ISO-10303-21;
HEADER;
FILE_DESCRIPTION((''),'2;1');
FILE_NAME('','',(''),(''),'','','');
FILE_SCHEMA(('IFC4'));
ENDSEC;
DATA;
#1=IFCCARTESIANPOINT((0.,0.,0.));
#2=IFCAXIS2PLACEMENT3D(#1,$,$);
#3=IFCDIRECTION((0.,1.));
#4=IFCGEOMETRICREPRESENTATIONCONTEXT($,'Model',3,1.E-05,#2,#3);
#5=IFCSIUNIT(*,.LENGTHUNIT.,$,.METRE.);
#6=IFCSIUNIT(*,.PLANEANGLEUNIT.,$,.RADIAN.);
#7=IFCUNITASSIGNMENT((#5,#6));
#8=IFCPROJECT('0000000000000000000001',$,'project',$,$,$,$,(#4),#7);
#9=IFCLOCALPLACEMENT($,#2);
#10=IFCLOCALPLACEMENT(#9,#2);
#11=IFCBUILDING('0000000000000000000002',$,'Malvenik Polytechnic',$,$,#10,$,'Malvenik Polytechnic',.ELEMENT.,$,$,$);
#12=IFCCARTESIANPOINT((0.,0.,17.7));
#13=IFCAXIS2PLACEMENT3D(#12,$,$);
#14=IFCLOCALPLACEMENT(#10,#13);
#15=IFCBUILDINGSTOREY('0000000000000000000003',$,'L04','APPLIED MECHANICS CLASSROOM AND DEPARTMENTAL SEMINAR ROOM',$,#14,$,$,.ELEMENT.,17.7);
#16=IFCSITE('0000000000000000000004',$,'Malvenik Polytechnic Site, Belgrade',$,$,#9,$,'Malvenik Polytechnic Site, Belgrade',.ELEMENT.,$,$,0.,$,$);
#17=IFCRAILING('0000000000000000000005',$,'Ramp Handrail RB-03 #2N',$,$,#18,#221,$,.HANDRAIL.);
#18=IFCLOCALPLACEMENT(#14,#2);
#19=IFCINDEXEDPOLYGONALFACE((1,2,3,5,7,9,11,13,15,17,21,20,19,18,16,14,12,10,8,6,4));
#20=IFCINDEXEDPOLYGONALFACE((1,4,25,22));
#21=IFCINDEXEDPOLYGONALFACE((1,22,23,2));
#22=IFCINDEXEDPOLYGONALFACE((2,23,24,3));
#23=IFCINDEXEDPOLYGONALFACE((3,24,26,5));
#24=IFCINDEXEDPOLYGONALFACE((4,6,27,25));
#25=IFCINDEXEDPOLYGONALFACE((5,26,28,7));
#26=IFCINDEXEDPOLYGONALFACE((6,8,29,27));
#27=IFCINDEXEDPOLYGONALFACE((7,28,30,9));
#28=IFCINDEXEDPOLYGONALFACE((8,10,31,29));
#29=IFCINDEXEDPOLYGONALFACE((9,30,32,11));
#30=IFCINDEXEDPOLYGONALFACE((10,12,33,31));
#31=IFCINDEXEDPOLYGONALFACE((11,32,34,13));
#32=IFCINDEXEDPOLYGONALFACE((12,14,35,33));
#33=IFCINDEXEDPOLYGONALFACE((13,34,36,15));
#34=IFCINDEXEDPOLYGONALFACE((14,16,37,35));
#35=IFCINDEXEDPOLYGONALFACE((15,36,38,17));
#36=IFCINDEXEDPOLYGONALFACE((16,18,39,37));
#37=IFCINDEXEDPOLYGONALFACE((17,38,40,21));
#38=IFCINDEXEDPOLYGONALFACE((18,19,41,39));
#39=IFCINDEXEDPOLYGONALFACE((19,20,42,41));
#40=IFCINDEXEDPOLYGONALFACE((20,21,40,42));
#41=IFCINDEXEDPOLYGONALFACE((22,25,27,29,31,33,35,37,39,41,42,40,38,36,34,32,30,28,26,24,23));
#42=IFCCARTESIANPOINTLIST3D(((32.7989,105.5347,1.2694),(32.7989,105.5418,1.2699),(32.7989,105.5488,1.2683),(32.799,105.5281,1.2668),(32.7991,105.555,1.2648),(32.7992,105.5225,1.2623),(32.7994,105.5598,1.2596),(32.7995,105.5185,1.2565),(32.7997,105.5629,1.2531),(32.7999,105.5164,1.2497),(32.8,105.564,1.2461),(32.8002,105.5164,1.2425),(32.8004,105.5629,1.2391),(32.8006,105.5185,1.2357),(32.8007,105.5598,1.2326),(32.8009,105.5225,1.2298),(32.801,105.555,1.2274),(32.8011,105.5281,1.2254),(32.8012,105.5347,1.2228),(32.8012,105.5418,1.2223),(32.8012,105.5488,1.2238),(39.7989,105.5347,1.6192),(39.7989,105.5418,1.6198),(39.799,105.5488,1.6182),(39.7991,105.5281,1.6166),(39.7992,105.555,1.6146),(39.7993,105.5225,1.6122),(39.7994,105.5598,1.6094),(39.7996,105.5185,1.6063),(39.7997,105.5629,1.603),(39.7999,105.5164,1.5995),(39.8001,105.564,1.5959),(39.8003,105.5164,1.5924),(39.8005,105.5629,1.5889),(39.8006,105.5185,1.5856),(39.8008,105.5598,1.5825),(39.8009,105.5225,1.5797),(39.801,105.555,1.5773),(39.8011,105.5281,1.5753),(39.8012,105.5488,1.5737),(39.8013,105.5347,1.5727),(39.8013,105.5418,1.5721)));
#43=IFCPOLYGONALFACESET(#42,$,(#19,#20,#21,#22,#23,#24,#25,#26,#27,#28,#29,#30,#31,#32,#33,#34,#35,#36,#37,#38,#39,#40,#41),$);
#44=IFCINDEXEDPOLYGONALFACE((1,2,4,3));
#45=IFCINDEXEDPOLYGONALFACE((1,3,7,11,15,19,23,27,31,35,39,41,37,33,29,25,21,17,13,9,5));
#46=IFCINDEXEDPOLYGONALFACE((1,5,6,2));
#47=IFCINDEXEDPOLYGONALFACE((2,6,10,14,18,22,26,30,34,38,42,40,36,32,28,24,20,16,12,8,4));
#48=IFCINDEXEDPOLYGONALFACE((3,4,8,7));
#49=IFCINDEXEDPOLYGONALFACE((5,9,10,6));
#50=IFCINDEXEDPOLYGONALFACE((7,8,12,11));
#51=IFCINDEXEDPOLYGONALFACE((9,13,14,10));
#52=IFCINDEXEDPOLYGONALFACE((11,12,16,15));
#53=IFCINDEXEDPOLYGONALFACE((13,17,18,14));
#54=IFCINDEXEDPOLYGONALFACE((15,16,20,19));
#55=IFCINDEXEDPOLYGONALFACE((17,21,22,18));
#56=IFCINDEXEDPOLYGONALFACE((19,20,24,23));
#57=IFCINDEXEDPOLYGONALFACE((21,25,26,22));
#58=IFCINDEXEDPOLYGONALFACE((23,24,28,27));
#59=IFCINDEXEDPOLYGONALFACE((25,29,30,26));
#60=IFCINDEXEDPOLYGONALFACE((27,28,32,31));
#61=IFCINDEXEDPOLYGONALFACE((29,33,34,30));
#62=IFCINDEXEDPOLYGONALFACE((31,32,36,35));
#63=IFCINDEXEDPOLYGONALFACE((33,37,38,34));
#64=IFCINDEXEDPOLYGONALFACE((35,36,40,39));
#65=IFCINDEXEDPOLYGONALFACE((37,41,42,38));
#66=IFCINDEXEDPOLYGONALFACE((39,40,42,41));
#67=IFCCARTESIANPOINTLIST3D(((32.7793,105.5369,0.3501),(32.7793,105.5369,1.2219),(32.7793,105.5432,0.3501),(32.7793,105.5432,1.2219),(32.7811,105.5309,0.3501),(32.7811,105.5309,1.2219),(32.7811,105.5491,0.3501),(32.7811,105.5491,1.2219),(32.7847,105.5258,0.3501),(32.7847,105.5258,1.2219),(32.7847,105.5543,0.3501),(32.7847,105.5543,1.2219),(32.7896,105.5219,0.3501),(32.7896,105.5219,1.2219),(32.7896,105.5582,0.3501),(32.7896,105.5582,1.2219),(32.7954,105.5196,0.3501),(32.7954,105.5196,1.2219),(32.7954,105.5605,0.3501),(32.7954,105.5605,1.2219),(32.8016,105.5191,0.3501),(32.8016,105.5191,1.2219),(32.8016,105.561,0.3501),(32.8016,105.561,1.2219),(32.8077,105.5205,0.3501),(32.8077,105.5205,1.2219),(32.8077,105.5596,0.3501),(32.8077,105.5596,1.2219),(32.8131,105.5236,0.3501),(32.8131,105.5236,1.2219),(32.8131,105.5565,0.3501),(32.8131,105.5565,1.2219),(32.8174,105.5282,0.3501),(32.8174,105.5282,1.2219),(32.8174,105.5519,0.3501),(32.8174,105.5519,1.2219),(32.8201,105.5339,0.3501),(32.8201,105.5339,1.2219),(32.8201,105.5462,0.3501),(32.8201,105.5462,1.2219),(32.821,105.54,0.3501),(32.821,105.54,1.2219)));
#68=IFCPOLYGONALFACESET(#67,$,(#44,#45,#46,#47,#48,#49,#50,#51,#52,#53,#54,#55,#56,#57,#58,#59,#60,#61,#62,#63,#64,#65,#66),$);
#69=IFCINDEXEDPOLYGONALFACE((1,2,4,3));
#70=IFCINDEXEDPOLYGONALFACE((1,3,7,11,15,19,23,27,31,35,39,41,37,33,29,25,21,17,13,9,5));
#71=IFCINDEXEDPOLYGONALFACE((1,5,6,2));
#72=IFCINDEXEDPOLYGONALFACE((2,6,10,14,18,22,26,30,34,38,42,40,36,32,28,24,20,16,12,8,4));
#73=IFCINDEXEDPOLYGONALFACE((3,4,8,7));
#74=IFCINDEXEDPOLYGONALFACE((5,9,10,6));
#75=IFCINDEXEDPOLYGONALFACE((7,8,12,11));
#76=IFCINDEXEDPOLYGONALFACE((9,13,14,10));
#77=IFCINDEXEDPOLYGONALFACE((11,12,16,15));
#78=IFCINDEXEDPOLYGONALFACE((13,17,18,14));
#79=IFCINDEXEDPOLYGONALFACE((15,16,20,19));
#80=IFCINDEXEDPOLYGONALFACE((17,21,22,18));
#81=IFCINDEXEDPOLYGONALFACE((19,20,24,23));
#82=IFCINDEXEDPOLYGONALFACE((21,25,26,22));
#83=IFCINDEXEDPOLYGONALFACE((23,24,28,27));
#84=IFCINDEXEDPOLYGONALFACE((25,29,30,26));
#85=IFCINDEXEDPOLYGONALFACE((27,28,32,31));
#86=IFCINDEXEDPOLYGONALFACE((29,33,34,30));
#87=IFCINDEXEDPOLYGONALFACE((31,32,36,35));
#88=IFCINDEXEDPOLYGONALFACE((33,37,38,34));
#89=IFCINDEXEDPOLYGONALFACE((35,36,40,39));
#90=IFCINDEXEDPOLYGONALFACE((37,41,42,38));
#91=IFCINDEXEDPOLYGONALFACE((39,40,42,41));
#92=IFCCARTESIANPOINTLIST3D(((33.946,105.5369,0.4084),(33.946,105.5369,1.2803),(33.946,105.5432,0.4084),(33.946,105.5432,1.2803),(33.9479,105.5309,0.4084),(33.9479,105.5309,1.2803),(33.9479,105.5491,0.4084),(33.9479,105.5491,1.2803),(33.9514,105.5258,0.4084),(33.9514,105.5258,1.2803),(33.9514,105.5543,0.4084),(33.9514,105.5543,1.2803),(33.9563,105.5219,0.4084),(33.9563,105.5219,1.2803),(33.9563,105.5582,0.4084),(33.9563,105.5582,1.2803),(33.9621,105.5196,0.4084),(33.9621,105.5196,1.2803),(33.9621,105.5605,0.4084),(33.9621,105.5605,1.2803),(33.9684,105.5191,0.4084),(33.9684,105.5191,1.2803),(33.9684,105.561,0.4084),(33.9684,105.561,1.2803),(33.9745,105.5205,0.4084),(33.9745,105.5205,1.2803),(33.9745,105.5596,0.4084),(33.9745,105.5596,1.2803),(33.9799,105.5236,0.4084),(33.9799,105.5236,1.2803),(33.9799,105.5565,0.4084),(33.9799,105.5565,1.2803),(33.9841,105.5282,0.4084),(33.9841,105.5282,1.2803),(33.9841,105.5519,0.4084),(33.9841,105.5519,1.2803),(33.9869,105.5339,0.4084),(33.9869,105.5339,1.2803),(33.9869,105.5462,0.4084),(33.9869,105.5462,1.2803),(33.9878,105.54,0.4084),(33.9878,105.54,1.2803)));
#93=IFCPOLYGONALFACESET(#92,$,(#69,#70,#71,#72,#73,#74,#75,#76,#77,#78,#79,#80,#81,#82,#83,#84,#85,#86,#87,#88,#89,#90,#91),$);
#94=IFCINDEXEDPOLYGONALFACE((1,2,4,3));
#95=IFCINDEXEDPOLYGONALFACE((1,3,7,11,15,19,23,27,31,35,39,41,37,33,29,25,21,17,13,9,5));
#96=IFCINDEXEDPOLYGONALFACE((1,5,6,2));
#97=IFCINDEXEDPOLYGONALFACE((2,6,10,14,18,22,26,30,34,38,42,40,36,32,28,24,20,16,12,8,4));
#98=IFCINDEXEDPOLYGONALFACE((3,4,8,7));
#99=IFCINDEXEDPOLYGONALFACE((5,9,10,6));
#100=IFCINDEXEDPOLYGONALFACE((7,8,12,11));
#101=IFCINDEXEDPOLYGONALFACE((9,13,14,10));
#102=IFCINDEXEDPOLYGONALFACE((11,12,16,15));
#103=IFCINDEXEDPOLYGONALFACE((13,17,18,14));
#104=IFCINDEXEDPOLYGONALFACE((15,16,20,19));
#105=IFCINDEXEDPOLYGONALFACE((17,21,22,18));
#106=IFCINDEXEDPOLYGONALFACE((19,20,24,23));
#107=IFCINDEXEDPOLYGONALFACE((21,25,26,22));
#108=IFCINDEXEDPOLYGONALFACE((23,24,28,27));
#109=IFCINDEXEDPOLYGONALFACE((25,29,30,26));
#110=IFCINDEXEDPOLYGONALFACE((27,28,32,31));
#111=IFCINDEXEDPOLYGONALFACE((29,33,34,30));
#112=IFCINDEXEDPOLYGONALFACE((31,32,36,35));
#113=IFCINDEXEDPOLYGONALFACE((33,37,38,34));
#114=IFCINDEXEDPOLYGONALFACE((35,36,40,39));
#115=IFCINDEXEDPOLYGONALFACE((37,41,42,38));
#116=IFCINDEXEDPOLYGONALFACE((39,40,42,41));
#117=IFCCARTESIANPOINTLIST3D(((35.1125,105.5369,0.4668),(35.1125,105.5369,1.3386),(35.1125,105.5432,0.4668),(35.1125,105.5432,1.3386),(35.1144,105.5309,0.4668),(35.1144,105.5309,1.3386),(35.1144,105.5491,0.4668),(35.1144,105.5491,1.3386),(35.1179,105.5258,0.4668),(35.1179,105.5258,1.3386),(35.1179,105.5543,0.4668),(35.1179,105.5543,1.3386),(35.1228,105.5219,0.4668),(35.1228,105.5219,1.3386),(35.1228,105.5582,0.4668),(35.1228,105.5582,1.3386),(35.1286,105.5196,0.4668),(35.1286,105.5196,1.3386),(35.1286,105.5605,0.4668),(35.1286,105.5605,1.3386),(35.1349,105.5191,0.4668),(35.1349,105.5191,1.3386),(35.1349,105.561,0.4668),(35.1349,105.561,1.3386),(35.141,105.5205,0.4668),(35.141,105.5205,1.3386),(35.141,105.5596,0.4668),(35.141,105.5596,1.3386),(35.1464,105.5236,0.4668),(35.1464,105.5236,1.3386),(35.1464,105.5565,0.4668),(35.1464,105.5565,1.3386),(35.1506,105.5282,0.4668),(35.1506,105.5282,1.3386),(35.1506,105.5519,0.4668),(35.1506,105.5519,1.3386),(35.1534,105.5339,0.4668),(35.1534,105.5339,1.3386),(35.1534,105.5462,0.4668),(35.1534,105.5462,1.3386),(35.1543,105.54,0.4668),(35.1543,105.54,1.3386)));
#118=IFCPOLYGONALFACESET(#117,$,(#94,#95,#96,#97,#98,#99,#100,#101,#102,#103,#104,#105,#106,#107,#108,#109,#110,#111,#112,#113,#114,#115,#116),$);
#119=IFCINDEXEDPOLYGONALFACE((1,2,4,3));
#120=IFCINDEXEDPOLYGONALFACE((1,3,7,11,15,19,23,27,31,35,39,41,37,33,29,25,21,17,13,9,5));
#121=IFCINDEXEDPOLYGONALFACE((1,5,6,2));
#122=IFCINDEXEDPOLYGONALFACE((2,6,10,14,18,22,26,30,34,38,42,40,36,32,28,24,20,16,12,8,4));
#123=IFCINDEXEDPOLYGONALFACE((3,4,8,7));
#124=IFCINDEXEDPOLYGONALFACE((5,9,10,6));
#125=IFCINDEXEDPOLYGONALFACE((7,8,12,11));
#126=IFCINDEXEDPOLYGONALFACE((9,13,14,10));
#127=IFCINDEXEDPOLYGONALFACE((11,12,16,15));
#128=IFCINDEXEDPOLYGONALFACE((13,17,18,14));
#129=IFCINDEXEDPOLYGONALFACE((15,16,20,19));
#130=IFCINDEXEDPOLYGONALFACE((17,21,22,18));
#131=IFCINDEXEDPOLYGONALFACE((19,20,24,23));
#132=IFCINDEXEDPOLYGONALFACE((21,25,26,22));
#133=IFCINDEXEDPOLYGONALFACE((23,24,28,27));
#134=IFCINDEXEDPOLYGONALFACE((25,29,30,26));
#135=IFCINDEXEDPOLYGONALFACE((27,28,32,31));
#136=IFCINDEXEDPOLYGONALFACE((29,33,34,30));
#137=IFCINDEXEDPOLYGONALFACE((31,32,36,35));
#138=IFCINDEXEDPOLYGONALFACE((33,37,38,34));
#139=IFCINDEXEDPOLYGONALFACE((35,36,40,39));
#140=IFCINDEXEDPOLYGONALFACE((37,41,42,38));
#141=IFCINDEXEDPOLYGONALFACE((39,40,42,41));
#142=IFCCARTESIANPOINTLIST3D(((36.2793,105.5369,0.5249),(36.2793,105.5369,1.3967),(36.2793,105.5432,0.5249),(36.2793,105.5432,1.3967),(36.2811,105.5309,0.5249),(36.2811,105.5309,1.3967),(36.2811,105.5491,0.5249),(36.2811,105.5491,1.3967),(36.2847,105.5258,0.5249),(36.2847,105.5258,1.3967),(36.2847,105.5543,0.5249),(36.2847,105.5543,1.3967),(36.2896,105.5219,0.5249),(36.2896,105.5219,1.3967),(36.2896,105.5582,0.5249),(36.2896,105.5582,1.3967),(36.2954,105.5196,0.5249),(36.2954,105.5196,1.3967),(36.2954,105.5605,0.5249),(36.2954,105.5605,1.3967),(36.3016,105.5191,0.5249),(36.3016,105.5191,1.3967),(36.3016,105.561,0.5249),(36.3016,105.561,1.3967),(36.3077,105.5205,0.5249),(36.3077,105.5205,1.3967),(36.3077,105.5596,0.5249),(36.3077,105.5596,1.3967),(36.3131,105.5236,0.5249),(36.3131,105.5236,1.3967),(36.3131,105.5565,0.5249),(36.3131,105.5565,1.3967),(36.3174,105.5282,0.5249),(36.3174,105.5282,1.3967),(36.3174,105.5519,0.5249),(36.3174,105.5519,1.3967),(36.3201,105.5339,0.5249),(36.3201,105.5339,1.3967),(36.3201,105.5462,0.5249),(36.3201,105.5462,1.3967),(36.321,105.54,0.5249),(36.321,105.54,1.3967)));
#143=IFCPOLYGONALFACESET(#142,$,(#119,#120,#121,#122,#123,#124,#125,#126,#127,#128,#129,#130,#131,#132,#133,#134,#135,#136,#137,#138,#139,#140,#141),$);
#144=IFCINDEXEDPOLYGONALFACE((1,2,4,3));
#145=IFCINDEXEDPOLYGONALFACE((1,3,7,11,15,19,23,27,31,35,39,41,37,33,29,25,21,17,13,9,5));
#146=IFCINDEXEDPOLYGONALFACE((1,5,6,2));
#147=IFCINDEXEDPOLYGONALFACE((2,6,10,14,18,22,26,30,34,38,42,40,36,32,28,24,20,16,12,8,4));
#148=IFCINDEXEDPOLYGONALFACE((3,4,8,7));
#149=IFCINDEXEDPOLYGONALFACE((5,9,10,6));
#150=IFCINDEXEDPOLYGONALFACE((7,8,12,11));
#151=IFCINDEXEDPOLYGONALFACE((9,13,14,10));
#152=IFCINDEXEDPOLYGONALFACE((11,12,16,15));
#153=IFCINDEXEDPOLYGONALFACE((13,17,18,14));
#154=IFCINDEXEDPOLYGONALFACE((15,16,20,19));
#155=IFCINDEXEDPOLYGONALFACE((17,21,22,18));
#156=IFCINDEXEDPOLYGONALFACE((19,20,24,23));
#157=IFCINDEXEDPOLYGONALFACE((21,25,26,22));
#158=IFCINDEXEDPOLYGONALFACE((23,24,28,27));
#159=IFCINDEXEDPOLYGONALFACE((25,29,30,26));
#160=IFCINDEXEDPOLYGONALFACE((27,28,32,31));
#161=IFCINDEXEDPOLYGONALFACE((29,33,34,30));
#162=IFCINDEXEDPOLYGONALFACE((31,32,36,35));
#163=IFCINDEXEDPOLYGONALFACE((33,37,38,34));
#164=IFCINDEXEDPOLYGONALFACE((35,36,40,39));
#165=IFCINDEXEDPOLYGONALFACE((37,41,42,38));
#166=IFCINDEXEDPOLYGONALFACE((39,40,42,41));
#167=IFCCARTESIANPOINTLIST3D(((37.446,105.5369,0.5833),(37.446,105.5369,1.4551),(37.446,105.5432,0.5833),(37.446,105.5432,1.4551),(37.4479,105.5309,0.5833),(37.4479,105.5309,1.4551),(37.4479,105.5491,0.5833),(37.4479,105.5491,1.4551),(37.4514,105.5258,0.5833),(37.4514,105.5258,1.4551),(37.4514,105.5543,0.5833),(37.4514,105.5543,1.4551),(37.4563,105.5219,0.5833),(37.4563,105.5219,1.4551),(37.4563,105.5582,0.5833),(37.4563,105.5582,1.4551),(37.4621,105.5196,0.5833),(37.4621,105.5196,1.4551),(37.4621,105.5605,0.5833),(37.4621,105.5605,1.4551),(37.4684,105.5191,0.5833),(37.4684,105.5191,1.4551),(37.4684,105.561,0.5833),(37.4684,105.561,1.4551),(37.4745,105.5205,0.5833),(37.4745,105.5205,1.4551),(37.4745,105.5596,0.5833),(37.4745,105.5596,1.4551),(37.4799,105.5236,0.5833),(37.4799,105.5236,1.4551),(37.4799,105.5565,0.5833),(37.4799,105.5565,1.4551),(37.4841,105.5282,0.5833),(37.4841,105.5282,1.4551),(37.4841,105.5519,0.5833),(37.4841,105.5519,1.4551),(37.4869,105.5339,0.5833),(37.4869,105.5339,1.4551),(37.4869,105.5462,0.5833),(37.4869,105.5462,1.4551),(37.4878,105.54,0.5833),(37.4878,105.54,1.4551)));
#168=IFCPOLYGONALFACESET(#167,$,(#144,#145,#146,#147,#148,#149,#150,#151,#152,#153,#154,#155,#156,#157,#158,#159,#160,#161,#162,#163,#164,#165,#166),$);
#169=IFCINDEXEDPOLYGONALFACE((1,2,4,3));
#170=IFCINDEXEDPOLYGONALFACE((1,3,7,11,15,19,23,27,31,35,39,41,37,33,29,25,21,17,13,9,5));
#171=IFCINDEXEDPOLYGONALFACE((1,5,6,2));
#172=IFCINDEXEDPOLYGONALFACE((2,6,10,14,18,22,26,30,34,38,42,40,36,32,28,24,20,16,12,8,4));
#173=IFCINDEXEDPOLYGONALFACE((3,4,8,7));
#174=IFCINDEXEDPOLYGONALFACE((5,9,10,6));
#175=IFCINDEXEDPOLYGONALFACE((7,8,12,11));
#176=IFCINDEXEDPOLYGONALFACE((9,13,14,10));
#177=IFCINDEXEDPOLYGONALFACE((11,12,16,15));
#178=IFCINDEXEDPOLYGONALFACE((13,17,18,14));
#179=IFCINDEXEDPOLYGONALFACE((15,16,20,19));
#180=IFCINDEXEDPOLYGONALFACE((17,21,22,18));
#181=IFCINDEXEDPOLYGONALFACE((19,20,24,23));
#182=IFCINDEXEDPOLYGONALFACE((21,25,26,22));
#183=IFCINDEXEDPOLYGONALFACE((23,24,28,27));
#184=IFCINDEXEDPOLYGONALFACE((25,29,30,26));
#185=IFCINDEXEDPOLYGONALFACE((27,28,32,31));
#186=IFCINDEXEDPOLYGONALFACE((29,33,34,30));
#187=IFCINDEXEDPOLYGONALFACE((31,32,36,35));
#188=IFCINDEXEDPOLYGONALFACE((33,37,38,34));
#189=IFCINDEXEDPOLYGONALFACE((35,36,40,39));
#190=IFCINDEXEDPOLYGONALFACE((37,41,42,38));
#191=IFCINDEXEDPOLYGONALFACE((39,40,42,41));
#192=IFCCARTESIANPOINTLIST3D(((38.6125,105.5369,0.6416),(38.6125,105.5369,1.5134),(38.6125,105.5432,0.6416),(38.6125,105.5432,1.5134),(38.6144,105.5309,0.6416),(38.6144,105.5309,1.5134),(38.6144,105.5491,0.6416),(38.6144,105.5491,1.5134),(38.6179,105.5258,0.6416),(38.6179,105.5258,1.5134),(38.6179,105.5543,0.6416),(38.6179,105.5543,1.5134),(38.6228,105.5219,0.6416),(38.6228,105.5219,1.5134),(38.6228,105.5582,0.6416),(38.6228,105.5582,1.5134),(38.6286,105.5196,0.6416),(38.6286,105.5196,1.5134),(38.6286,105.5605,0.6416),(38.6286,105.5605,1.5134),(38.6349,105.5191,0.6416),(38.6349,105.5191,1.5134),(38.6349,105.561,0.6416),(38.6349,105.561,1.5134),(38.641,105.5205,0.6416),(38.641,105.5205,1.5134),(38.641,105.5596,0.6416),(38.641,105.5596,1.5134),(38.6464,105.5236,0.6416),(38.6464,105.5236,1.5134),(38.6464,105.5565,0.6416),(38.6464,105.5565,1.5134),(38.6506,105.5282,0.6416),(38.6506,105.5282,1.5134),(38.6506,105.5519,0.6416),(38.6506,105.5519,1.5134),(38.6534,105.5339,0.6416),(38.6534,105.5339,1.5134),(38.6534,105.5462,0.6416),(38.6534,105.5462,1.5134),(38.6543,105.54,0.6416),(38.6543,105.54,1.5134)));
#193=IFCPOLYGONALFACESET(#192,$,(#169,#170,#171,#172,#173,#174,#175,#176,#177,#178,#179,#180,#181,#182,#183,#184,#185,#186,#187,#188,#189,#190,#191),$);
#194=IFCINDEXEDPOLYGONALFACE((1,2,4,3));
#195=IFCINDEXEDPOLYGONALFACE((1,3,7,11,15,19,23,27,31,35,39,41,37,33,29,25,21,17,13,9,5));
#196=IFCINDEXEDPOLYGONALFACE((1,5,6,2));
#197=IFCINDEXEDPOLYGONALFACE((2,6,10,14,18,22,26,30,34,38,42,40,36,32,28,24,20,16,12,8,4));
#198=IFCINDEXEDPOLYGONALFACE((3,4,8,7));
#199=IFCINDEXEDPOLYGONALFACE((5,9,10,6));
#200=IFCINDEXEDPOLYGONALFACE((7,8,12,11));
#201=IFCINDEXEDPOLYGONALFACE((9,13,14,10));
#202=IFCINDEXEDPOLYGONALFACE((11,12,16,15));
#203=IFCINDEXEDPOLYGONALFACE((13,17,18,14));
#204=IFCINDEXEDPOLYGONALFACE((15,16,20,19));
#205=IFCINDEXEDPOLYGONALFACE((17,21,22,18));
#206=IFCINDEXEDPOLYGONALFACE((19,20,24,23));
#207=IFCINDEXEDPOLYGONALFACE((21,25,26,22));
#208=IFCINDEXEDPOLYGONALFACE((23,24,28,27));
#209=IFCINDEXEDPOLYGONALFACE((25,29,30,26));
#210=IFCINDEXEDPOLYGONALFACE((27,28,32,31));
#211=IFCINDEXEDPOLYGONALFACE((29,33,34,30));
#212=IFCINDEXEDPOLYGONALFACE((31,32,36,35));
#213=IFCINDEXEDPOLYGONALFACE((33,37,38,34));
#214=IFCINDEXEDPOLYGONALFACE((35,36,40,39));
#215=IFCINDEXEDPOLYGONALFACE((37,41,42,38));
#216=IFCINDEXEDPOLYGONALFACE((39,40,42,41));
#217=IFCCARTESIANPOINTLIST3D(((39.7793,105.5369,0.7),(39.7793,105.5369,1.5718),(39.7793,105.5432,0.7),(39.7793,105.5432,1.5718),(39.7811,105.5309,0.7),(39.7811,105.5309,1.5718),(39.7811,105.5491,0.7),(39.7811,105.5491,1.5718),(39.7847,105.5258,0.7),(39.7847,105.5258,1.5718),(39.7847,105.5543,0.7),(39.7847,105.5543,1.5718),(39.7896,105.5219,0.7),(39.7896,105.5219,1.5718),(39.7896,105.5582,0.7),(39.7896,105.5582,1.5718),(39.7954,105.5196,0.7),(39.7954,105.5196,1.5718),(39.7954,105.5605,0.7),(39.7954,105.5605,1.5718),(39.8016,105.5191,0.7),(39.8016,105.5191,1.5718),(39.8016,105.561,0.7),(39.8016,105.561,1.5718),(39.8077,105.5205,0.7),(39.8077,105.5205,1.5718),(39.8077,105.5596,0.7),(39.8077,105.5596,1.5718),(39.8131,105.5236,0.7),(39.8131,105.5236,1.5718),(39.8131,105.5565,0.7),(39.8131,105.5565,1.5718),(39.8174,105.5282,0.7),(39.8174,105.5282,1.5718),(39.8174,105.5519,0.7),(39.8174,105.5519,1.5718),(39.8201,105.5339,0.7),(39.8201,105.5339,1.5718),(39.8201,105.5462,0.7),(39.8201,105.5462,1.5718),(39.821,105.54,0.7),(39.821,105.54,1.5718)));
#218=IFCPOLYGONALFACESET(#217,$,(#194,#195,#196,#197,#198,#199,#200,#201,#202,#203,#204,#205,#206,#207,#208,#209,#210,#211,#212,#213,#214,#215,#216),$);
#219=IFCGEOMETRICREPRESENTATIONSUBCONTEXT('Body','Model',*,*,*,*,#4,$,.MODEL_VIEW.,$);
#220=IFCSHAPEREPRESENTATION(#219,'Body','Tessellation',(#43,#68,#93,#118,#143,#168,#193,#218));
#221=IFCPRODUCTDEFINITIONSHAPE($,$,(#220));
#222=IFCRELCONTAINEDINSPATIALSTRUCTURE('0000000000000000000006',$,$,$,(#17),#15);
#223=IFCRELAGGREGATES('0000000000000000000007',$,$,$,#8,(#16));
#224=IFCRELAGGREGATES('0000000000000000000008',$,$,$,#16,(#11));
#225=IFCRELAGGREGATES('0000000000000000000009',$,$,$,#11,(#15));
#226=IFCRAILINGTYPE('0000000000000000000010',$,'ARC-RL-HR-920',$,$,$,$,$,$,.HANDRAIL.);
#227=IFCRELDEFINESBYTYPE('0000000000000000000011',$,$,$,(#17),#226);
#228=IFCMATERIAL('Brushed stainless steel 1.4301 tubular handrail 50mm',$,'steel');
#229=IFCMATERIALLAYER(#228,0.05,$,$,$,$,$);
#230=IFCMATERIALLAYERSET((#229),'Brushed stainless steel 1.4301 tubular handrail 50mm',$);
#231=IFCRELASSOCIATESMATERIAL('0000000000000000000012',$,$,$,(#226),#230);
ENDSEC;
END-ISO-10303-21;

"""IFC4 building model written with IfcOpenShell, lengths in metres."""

from ifc_helpers import new_model, si_unit, direction, frame, origin, origin_2d, place, context, subcontext, project, spatial, circle, extrude, material, layer, layer_set, type_object, element, save


model = new_model("IFC4")

# Units and contexts
model_context = context("Model", 3, precision=1e-05, world=origin(), true_north=direction((0.0, 1.0)))
body_context = subcontext(model_context, "Body", "Model", "MODEL_VIEW")
ifc_project = project(units=[si_unit("LENGTHUNIT", "METRE"), si_unit("PLANEANGLEUNIT", "RADIAN")], contexts=[model_context])

# Site, building, storey
site_placement = place(None, origin())
site = spatial("IfcSite", under=ifc_project, at=site_placement, Name="Malvenik Polytechnic Site, Belgrade", LongName="Malvenik Polytechnic Site, Belgrade", CompositionType="ELEMENT", RefElevation=0.0)
building_placement = place(site_placement, origin())
building = spatial("IfcBuilding", under=site, at=building_placement, Name="Malvenik Polytechnic", LongName="Malvenik Polytechnic", CompositionType="ELEMENT")
storey_placement = place(building_placement, frame((0.0, 0.0, 17.7)))
storey = spatial("IfcBuildingStorey", under=building, at=storey_placement, Name="L04", Description="APPLIED MECHANICS CLASSROOM AND DEPARTMENTAL SEMINAR ROOM", CompositionType="ELEMENT", Elevation=17.7)

# Railing
ifc_material_1 = material(Name="Brushed stainless steel 1.4301 tubular handrail 50mm", Category="steel")
ifc_layer_1 = layer(ifc_material_1, 0.05)
ifc_layer_set_1 = layer_set([ifc_layer_1], Name="Brushed stainless steel 1.4301 tubular handrail 50mm")
railing_type_1 = type_object("IfcRailingType", Name="ARC-RL-HR-920", PredefinedType="HANDRAIL", material=ifc_layer_set_1)
railing_1_placement = place(storey_placement, frame((32.8, 105.54, 0.3501)))
element("IfcRailing", 1, at=railing_1_placement, inside=storey, type_object=railing_type_1, Name="Ramp Handrail RB-03 #2N", PredefinedType="HANDRAIL", context=body_context, shape_type="SweptSolid", body=[
    extrude(circle(Radius=0.0239, at=origin_2d()), frame((0.0, 0.0, 0.896), z_axis=(0.998753, 0.0, 0.049917), x_axis=(0.0, 1.0, 0.0)), (0.0, 0.0, 1.0), 7.0088),
    extrude(circle(Radius=0.021, at=origin_2d()), origin(), (0.0, 0.0, 1.0), 0.8718),
    extrude(circle(Radius=0.021, at=origin_2d()), frame((1.1667, 0.0, 0.0583)), (0.0, 0.0, 1.0), 0.8718),
    extrude(circle(Radius=0.021, at=origin_2d()), frame((2.3333, 0.0, 0.1167)), (0.0, 0.0, 1.0), 0.8718),
    extrude(circle(Radius=0.021, at=origin_2d()), frame((3.5, 0.0, 0.1748)), (0.0, 0.0, 1.0), 0.8718),
    extrude(circle(Radius=0.021, at=origin_2d()), frame((4.6667, 0.0, 0.2332)), (0.0, 0.0, 1.0), 0.8718),
    extrude(circle(Radius=0.021, at=origin_2d()), frame((5.8333, 0.0, 0.2915)), (0.0, 0.0, 1.0), 0.8718),
    extrude(circle(Radius=0.021, at=origin_2d()), frame((7.0, 0.0, 0.3499)), (0.0, 0.0, 1.0), 0.8718),
])

save(model, "model.ifc")
